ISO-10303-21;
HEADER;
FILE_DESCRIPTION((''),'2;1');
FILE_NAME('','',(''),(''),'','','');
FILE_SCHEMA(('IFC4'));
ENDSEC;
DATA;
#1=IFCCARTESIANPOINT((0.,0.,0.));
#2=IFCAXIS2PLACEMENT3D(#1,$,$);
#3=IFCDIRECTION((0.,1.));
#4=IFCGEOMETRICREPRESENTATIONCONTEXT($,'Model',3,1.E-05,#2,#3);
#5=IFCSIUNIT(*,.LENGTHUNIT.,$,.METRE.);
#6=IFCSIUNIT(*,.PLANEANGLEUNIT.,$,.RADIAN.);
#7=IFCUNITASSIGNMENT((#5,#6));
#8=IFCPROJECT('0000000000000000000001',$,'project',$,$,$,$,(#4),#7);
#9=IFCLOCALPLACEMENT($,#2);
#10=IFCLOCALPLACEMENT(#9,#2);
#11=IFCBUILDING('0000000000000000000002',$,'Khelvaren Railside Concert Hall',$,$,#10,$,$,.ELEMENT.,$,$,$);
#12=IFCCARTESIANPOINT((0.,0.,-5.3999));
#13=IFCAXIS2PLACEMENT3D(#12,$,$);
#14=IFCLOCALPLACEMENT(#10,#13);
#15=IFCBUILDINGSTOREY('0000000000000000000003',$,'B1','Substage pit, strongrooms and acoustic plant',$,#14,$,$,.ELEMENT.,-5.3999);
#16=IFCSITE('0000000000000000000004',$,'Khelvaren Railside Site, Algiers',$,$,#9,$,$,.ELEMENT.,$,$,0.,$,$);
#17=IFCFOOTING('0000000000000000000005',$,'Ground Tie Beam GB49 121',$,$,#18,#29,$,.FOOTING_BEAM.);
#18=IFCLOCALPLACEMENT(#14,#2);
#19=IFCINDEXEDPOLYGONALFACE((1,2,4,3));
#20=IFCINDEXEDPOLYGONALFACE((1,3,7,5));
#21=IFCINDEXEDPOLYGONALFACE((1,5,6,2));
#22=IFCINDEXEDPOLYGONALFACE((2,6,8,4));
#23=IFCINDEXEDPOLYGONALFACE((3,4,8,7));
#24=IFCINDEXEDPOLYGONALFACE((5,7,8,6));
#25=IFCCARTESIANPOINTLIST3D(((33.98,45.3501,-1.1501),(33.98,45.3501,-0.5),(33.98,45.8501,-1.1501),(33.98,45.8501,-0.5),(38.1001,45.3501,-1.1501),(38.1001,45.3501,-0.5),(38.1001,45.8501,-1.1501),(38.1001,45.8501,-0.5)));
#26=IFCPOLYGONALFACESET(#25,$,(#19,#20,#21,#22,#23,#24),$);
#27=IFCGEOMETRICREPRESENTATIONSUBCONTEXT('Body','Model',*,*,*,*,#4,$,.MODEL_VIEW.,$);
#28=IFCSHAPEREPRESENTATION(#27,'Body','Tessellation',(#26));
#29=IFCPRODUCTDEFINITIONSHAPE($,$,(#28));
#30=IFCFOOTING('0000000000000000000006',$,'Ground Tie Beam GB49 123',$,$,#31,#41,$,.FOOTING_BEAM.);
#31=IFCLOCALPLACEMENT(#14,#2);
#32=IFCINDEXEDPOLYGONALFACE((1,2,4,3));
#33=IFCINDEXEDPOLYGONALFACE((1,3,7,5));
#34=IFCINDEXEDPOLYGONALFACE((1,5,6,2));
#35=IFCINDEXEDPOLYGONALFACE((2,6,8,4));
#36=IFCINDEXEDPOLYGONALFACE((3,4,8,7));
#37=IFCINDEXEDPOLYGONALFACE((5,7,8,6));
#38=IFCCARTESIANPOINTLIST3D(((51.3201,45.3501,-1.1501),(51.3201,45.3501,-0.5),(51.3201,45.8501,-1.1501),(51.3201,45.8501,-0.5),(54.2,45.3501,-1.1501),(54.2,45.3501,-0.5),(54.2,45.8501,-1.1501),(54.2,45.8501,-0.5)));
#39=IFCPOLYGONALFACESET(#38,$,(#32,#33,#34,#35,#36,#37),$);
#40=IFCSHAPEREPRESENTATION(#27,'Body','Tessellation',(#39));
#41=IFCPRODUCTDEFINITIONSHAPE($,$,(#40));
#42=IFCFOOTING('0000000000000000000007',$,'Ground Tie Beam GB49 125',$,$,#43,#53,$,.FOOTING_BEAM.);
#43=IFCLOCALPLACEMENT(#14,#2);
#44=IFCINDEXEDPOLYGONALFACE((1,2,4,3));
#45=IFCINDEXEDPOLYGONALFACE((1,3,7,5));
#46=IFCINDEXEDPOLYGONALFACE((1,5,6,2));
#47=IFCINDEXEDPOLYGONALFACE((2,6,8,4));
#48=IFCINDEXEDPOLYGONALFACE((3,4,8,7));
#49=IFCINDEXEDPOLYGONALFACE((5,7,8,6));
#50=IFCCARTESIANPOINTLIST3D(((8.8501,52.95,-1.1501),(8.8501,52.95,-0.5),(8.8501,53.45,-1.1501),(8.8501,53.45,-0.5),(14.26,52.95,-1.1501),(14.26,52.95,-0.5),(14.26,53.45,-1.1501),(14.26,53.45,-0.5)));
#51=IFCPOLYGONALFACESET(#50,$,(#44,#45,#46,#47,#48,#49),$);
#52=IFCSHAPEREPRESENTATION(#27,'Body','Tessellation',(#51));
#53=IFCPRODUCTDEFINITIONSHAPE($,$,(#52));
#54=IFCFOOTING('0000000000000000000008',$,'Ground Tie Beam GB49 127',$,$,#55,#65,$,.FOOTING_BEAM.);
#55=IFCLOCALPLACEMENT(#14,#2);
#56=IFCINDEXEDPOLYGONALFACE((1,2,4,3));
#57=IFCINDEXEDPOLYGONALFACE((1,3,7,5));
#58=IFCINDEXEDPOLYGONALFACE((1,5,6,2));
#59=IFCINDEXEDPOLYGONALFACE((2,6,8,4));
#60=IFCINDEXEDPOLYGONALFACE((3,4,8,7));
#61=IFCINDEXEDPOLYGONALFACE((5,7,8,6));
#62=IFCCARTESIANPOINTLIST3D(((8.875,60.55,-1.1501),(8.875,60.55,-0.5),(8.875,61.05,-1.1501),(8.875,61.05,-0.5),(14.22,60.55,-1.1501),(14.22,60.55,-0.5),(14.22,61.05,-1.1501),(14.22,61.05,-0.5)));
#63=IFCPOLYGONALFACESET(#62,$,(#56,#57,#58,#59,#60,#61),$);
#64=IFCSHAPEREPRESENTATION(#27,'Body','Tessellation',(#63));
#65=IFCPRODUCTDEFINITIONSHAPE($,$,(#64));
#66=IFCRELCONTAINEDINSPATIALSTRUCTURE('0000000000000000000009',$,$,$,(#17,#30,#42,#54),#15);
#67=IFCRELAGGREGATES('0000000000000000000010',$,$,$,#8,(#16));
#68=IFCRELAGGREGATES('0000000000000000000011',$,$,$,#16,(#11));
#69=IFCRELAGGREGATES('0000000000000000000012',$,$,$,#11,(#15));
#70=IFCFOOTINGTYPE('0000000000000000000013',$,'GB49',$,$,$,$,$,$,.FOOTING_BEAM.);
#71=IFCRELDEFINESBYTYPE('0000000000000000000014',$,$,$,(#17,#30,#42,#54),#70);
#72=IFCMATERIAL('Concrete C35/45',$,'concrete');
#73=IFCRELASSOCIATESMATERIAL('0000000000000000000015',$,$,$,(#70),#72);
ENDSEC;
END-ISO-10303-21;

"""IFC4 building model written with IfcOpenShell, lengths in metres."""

from ifc_helpers import new_model, si_unit, direction, frame, origin, place, context, subcontext, project, spatial, polyline, outline, extrude, material, type_object, element, save


model = new_model("IFC4")

# Units and contexts
model_context = context("Model", 3, precision=1e-05, world=origin(), true_north=direction((0.0, 1.0)))
body_context = subcontext(model_context, "Body", "Model", "MODEL_VIEW")
ifc_project = project(units=[si_unit("LENGTHUNIT", "METRE"), si_unit("PLANEANGLEUNIT", "RADIAN")], contexts=[model_context])

# Site, building, storey
site_placement = place(None, origin())
site = spatial("IfcSite", under=ifc_project, at=site_placement, Name="Khelvaren Railside Site, Algiers", CompositionType="ELEMENT", RefElevation=0.0)
building_placement = place(site_placement, origin())
building = spatial("IfcBuilding", under=site, at=building_placement, Name="Khelvaren Railside Concert Hall", CompositionType="ELEMENT")
storey_placement = place(building_placement, frame((0.0, 0.0, -5.3999)))
storey = spatial("IfcBuildingStorey", under=building, at=storey_placement, Name="B1", Description="Substage pit, strongrooms and acoustic plant", CompositionType="ELEMENT", Elevation=-5.3999)

# Footings
ifc_material = material(Name="Concrete C35/45", Category="concrete")
footing_type = type_object("IfcFootingType", Name="GB49", PredefinedType="FOOTING_BEAM", material=ifc_material)
footing_1_placement = place(storey_placement, frame((0.0, 0.0, -1.1501)))
element("IfcFooting", 1, at=footing_1_placement, inside=storey, type_object=footing_type, Name="Ground Tie Beam GB49 121", PredefinedType="FOOTING_BEAM", context=body_context, shape_type="SweptSolid", body=[
    extrude(outline(polyline([(33.98, 45.3501), (38.1001, 45.3501), (38.1001, 45.8501), (33.98, 45.8501), (33.98, 45.3501)])), origin(), (0.0, 0.0, 1.0), 0.6501),
])
footing_2_placement = place(storey_placement, frame((0.0, 0.0, -1.1501)))
element("IfcFooting", 2, at=footing_2_placement, inside=storey, type_object=footing_type, Name="Ground Tie Beam GB49 123", PredefinedType="FOOTING_BEAM", context=body_context, shape_type="SweptSolid", body=[
    extrude(outline(polyline([(51.3201, 45.3501), (54.2, 45.3501), (54.2, 45.8501), (51.3201, 45.8501), (51.3201, 45.3501)])), origin(), (0.0, 0.0, 1.0), 0.6501),
])
footing_3_placement = place(storey_placement, frame((0.0, 0.0, -1.1501)))
element("IfcFooting", 3, at=footing_3_placement, inside=storey, type_object=footing_type, Name="Ground Tie Beam GB49 125", PredefinedType="FOOTING_BEAM", context=body_context, shape_type="SweptSolid", body=[
    extrude(outline(polyline([(8.8501, 52.95), (14.26, 52.95), (14.26, 53.45), (8.8501, 53.45), (8.8501, 52.95)])), origin(), (0.0, 0.0, 1.0), 0.6501),
])
footing_4_placement = place(storey_placement, frame((0.0, 0.0, -1.1501)))
element("IfcFooting", 4, at=footing_4_placement, inside=storey, type_object=footing_type, Name="Ground Tie Beam GB49 127", PredefinedType="FOOTING_BEAM", context=body_context, shape_type="SweptSolid", body=[
    extrude(outline(polyline([(8.875, 60.55), (14.22, 60.55), (14.22, 61.05), (8.875, 61.05), (8.875, 60.55)])), origin(), (0.0, 0.0, 1.0), 0.6501),
])

save(model, "model.ifc")
